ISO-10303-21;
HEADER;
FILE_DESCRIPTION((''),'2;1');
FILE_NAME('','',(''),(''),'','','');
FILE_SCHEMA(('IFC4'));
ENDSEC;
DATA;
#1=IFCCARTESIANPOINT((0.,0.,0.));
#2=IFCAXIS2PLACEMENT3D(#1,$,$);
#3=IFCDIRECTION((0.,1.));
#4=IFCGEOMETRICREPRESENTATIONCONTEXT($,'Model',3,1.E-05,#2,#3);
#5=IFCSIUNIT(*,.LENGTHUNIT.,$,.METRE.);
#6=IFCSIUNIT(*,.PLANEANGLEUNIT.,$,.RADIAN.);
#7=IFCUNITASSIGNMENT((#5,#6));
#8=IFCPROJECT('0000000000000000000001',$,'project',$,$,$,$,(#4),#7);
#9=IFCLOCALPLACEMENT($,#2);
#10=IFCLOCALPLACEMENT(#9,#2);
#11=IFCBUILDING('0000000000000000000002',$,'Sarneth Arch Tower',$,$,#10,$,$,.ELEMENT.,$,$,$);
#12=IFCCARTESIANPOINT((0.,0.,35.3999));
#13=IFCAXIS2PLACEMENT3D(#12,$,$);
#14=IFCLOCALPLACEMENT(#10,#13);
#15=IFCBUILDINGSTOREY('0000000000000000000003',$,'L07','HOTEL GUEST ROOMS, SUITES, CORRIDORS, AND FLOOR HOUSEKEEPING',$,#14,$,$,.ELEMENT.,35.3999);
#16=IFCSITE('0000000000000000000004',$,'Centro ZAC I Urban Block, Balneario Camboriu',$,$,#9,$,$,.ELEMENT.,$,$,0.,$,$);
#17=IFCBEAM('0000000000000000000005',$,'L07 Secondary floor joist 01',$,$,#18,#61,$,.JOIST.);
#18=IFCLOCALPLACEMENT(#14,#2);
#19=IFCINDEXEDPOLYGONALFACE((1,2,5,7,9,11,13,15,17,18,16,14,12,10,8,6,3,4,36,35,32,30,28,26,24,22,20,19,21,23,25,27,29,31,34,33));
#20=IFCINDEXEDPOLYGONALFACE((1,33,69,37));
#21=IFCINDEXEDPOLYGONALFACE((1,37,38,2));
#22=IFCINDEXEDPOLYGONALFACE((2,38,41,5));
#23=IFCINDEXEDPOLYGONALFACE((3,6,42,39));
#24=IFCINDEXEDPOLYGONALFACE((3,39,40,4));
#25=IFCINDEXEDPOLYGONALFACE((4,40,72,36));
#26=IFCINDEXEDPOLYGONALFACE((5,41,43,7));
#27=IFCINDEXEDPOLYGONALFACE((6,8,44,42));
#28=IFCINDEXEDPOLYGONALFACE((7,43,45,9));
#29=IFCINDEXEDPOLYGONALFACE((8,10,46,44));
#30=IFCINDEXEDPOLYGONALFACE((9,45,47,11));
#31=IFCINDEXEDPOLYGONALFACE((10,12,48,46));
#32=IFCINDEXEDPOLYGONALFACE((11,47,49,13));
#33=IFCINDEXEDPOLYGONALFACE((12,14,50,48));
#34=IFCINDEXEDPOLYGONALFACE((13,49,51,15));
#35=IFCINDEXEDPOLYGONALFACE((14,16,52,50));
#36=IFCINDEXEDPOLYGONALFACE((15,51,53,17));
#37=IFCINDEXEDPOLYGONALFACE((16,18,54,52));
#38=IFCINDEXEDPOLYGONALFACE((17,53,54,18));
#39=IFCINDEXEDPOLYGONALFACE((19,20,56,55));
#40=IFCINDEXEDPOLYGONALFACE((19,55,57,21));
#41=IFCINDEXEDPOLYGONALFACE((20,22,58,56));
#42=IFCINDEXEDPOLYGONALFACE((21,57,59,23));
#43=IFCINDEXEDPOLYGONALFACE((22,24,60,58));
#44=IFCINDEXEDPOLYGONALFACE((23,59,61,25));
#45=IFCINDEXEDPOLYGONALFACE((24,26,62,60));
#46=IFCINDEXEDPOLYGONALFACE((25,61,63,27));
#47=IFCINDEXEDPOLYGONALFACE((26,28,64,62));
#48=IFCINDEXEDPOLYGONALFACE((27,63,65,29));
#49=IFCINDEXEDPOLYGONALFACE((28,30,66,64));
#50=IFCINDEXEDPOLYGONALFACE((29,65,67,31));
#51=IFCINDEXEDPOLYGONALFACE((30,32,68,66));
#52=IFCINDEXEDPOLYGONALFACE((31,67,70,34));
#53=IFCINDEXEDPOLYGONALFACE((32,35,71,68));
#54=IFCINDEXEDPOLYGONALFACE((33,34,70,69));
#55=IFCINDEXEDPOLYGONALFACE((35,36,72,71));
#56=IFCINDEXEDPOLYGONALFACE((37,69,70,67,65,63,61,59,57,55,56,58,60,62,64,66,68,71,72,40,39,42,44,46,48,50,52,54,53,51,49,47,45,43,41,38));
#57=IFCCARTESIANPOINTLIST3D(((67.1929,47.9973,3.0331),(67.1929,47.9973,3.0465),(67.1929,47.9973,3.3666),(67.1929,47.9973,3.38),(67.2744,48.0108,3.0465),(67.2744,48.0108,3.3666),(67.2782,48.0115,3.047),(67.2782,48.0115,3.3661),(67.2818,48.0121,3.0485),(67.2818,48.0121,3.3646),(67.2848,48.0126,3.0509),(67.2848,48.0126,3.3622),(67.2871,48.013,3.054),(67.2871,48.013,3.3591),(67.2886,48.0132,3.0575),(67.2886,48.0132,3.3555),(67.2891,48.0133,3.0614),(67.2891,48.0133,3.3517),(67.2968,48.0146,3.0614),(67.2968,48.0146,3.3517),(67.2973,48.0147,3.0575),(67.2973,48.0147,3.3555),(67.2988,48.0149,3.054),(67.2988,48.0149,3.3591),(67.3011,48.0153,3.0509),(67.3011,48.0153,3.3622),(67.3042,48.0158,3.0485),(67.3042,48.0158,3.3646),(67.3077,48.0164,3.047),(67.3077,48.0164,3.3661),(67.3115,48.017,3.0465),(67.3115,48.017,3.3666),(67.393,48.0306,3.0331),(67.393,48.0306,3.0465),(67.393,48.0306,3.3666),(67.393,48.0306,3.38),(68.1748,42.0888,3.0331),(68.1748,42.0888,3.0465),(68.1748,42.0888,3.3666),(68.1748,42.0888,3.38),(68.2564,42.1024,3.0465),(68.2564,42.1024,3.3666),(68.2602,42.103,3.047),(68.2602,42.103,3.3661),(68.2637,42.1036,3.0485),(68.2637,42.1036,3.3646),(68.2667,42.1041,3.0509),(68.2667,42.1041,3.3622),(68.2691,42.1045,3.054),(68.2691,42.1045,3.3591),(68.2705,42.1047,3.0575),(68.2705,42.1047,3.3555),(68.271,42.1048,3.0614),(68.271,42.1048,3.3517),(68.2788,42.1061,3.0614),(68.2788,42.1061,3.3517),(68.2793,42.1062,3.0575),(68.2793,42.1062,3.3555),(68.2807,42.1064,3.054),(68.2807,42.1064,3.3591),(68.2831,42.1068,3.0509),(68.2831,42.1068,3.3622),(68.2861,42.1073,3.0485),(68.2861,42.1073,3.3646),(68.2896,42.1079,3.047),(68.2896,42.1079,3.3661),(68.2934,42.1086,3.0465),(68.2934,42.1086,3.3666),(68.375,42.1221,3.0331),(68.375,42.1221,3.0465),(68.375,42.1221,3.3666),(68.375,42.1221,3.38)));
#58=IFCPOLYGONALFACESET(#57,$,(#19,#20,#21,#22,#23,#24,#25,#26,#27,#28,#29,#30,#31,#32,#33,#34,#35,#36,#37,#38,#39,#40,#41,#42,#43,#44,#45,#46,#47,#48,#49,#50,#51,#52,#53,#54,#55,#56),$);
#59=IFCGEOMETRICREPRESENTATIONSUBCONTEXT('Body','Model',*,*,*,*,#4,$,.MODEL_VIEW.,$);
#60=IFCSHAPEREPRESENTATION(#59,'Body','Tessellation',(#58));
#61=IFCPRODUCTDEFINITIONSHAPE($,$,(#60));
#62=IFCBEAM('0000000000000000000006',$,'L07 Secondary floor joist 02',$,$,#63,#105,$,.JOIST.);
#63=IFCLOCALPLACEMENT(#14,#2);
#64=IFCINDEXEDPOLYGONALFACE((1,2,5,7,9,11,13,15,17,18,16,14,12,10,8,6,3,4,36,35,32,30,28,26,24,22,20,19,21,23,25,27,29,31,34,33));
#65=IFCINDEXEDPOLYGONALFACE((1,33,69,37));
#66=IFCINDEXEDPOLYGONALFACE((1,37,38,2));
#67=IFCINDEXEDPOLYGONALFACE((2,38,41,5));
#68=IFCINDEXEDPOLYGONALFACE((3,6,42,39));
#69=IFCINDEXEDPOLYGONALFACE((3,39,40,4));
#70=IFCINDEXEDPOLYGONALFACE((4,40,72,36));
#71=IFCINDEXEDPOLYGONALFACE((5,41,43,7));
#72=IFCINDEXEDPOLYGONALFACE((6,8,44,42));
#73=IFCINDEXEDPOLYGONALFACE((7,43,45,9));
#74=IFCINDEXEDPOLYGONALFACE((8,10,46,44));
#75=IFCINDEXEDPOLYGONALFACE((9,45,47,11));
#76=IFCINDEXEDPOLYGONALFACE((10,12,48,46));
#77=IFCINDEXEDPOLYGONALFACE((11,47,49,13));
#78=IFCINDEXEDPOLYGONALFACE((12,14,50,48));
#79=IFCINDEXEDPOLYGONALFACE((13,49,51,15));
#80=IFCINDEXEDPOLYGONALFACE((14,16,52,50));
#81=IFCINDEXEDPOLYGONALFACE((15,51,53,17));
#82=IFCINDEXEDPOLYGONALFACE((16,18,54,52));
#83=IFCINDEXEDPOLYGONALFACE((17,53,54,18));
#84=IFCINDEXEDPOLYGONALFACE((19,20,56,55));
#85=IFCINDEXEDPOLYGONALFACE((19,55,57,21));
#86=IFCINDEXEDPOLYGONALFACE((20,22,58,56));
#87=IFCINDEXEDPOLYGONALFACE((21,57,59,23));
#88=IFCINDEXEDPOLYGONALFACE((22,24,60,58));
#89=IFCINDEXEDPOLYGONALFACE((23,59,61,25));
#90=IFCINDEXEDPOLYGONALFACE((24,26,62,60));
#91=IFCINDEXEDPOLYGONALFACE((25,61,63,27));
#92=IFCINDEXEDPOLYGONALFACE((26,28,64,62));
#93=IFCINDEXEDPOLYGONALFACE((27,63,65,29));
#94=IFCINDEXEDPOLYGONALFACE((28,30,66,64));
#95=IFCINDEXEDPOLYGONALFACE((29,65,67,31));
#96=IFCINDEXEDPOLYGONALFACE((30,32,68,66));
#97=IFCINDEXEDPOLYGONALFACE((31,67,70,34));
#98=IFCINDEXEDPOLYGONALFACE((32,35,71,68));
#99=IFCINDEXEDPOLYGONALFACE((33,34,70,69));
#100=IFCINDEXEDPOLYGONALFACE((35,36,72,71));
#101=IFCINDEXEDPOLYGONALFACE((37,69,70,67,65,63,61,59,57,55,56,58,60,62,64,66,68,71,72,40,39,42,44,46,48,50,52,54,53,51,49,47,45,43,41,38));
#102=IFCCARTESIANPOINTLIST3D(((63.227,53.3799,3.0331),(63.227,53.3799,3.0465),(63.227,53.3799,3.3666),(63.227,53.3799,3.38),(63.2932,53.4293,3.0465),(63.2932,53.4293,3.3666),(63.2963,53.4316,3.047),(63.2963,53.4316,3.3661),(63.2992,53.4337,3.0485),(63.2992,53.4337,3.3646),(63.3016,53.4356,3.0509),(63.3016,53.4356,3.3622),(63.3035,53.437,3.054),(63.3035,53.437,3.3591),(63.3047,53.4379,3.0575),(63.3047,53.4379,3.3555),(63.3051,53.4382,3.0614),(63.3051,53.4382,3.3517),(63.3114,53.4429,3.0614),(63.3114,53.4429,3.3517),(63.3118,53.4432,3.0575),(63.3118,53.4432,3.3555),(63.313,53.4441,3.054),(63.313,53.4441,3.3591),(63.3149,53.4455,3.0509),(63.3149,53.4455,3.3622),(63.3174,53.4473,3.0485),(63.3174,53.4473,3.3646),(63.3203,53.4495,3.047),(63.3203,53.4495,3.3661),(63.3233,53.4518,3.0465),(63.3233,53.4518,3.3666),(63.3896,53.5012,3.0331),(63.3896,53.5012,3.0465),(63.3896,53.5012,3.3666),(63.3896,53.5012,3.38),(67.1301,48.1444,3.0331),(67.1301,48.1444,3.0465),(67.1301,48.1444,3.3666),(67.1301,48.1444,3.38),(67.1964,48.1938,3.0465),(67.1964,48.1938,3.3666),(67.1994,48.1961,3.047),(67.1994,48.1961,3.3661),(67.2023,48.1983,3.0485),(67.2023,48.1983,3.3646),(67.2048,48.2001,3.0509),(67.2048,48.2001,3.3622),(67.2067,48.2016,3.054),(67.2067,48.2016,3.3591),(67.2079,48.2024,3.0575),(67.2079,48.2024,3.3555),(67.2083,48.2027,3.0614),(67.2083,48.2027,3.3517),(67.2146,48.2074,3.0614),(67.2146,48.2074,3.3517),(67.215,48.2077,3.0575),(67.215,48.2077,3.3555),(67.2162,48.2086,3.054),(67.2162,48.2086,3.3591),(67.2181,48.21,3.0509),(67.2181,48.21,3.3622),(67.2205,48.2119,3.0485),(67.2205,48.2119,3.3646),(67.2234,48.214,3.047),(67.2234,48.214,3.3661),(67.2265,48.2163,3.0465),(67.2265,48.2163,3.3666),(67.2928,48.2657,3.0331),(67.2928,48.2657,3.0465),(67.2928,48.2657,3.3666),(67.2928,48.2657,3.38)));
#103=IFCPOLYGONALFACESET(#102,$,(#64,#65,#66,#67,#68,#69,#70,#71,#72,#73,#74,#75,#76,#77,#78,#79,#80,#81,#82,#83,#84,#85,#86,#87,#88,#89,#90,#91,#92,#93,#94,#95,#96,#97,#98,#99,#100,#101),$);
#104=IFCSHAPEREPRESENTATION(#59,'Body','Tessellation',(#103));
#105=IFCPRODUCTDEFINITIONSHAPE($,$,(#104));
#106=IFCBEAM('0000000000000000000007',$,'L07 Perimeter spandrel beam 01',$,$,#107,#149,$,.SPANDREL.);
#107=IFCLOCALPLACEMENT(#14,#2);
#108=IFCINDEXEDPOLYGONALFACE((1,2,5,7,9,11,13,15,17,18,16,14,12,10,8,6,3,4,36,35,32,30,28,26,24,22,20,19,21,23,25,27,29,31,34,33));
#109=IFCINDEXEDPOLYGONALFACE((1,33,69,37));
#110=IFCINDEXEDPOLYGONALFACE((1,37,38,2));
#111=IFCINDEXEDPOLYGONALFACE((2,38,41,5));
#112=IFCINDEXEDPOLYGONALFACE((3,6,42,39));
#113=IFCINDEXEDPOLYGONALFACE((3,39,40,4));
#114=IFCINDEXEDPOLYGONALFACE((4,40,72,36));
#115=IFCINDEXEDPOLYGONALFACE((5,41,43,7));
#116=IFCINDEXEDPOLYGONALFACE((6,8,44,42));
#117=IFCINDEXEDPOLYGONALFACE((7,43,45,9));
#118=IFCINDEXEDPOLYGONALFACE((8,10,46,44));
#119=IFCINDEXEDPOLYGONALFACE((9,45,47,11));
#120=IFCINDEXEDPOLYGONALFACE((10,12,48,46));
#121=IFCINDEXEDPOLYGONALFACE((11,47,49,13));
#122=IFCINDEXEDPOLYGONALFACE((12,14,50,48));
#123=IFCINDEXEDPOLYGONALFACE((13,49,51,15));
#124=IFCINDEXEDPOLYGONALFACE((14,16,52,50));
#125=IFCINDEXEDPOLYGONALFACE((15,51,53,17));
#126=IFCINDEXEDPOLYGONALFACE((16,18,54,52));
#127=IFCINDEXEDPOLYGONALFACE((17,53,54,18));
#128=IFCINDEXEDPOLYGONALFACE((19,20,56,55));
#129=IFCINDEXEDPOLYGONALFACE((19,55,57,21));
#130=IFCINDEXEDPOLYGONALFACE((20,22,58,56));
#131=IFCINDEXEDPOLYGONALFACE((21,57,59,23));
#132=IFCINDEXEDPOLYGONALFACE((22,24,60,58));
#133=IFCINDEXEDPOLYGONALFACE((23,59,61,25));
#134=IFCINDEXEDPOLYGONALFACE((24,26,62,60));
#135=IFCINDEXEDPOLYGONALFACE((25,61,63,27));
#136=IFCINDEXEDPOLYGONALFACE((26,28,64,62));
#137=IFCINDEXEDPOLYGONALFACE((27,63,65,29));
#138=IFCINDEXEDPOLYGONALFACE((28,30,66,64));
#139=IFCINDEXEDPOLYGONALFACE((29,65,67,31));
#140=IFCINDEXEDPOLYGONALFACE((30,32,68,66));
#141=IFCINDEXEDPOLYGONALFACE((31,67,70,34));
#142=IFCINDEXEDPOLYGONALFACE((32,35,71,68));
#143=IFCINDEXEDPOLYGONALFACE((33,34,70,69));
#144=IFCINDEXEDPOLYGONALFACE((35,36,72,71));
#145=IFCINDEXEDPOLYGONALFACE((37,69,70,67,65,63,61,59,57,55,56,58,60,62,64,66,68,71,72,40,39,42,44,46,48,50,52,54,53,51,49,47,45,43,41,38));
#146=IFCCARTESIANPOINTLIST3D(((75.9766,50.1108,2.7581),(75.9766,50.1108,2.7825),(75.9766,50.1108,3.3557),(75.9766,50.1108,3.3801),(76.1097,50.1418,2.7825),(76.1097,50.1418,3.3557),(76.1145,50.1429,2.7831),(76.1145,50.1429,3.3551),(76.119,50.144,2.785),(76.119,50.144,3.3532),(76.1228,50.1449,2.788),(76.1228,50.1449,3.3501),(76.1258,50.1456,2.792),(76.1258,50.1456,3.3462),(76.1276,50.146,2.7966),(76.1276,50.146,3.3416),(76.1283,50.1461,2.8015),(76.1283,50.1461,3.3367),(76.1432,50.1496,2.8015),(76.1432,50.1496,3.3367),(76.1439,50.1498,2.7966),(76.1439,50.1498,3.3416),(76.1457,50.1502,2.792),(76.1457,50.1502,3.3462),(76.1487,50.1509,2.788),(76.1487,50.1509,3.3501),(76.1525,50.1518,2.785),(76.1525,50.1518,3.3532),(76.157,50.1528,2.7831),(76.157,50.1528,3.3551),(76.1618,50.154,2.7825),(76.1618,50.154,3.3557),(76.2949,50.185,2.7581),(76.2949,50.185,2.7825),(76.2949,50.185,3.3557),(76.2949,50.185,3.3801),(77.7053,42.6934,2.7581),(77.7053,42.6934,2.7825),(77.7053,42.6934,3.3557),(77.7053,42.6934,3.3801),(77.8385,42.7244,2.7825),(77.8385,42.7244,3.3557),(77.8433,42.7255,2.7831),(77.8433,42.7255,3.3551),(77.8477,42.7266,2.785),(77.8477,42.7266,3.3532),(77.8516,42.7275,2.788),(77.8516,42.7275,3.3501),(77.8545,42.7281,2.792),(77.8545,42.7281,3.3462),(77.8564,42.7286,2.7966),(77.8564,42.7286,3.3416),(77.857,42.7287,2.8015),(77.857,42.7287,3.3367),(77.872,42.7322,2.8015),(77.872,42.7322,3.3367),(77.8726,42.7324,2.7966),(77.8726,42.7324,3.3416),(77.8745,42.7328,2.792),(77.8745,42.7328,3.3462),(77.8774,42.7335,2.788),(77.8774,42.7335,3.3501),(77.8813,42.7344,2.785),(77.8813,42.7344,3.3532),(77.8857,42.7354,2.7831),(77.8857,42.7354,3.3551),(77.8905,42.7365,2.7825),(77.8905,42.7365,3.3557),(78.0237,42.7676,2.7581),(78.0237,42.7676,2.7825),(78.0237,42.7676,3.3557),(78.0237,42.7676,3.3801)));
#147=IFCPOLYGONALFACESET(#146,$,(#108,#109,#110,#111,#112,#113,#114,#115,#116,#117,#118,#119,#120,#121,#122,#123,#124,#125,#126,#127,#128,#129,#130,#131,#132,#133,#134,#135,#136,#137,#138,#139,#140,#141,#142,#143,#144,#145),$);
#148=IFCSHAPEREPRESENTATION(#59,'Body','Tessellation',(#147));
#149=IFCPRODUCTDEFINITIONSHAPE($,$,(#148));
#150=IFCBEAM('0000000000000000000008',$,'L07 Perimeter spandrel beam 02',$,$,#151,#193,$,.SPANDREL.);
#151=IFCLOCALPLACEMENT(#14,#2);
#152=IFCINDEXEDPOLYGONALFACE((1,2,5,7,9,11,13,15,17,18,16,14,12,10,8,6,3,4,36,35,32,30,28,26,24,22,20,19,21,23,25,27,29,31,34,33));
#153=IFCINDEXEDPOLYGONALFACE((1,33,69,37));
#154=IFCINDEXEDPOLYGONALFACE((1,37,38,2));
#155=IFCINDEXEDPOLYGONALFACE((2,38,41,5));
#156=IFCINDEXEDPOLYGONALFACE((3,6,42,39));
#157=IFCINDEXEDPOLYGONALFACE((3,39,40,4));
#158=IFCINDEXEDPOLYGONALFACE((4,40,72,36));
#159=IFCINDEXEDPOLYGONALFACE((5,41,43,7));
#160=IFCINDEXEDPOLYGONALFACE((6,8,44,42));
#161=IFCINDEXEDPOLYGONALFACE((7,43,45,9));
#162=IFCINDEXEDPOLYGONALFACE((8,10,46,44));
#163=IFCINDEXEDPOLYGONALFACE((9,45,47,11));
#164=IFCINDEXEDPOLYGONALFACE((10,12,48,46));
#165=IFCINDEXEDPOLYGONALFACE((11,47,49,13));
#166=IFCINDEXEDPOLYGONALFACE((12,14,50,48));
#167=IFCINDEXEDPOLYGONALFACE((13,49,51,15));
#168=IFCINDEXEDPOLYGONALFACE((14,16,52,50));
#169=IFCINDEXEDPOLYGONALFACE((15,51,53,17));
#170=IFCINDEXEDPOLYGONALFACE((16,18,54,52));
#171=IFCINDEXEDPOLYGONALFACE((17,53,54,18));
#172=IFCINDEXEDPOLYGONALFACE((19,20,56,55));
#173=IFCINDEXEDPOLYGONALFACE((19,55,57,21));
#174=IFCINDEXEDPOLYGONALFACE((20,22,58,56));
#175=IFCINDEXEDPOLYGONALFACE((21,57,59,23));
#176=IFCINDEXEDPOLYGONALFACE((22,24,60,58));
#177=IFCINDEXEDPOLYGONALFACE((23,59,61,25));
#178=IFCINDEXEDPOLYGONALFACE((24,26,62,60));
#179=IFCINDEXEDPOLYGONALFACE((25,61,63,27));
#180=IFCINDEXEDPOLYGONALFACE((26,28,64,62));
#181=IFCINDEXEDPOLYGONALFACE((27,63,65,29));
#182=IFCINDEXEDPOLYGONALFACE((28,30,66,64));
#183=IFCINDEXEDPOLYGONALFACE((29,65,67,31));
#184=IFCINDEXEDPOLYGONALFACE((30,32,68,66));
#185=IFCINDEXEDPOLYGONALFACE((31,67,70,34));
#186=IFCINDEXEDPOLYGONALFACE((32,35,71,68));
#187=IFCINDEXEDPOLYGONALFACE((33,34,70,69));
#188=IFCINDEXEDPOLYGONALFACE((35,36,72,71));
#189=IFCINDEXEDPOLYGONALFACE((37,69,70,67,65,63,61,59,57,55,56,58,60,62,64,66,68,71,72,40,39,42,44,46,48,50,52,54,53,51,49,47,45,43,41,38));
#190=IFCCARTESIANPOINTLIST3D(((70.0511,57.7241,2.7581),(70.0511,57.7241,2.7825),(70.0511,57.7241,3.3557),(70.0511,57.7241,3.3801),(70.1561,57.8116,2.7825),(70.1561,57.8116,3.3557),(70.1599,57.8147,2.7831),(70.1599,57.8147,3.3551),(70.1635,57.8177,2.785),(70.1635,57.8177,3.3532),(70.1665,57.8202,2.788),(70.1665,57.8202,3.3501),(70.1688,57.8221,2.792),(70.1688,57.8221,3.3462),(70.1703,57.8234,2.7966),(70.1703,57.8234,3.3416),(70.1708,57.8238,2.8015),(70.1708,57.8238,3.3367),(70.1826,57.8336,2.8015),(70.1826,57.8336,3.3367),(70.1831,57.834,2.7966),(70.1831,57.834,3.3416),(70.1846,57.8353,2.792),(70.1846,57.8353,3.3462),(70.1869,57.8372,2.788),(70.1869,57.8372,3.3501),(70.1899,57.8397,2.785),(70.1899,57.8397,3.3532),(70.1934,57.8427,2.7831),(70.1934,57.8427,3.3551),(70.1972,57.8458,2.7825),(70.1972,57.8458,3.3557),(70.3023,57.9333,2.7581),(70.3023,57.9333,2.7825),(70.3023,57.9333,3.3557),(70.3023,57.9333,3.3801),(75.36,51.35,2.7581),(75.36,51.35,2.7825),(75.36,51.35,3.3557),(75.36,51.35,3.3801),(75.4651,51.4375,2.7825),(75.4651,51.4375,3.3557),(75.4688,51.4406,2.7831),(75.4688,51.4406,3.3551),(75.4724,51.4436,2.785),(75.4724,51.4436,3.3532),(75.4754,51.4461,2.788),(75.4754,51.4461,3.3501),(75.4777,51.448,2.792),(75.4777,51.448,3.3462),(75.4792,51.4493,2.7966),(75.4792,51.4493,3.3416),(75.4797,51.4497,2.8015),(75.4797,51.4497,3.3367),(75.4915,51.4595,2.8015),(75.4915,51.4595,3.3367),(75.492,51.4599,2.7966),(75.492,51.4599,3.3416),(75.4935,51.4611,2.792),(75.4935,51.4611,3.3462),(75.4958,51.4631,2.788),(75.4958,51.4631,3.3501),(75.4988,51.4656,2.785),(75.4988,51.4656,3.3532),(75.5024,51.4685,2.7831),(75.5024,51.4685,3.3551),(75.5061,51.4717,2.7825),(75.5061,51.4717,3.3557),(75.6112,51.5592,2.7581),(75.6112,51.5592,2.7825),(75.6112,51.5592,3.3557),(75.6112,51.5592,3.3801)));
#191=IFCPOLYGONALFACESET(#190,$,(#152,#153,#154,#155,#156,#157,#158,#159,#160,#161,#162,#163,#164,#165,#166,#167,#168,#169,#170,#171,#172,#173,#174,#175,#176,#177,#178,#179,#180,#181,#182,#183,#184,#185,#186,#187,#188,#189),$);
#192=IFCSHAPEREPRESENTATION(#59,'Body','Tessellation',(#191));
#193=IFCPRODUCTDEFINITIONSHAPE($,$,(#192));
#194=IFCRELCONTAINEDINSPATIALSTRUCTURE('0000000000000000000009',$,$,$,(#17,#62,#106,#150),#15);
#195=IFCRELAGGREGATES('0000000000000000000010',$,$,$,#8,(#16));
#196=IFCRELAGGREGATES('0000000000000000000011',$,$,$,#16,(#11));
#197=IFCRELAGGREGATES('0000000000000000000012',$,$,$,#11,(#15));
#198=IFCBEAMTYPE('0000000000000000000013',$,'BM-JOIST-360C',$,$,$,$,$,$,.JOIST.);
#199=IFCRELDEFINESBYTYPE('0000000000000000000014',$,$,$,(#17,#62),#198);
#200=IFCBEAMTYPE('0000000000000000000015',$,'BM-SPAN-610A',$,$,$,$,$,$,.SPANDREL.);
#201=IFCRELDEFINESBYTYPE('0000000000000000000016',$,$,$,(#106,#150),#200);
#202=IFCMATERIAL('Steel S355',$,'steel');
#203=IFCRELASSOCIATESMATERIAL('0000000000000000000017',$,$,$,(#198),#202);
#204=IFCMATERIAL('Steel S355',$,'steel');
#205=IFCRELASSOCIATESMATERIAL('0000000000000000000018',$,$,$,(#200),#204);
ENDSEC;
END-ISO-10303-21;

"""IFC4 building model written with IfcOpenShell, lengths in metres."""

from ifc_helpers import new_model, si_unit, direction, frame, origin, origin_2d, place, context, subcontext, project, spatial, i_section, extrude, material, material_profile, profile_set, type_object, element, save


model = new_model("IFC4")

# Units and contexts
model_context = context("Model", 3, precision=1e-05, world=origin(), true_north=direction((0.0, 1.0)))
body_context = subcontext(model_context, "Body", "Model", "MODEL_VIEW")
ifc_project = project(units=[si_unit("LENGTHUNIT", "METRE"), si_unit("PLANEANGLEUNIT", "RADIAN")], contexts=[model_context])

# Site, building, storey
site_placement = place(None, origin())
site = spatial("IfcSite", under=ifc_project, at=site_placement, Name="Centro ZAC I Urban Block, Balneario Camboriu", CompositionType="ELEMENT", RefElevation=0.0)
building_placement = place(site_placement, origin())
building = spatial("IfcBuilding", under=site, at=building_placement, Name="Sarneth Arch Tower", CompositionType="ELEMENT")
storey_placement = place(building_placement, frame((0.0, 0.0, 35.3999)))
storey = spatial("IfcBuildingStorey", under=building, at=storey_placement, Name="L07", Description="HOTEL GUEST ROOMS, SUITES, CORRIDORS, AND FLOOR HOUSEKEEPING", CompositionType="ELEMENT", Elevation=35.3999)

# Beams
ifc_material_1 = material(Name="Steel S355", Category="steel")
ifc_material_profile_1 = material_profile(ifc_material_1, i_section(OverallWidth=0.2029, OverallDepth=0.3469, WebThickness=0.0078, FlangeThickness=0.0134, FilletRadius=0.0149, at=origin_2d()), Name="W360x64")
ifc_profile_set_1 = profile_set([ifc_material_profile_1], Name="Steel S355")
beam_type_1 = type_object("IfcBeamType", Name="BM-JOIST-360C", PredefinedType="JOIST", material=ifc_profile_set_1)
beam_1_placement = place(storey_placement, frame((68.2749, 42.1055, 3.2065), z_axis=(-0.163943, 0.98647, 0.0), x_axis=(-0.98647, -0.163943, 0.0)))
element("IfcBeam", 1, at=beam_1_placement, inside=storey, type_object=beam_type_1, Name="L07 Secondary floor joist 01", PredefinedType="JOIST", context=body_context, shape_type="SweptSolid", body=[
    extrude(i_section(OverallWidth=0.2029, OverallDepth=0.3469, WebThickness=0.0078, FlangeThickness=0.0134, FilletRadius=0.0149, at=origin_2d()), origin(), (0.0, 0.0, 1.0), 5.9895),
])
beam_2_placement = place(storey_placement, frame((67.2114, 48.2051, 3.2065), z_axis=(-0.5977, 0.801719, 0.0), x_axis=(-0.801719, -0.5977, 0.0)))
element("IfcBeam", 2, at=beam_2_placement, inside=storey, type_object=beam_type_1, Name="L07 Secondary floor joist 02", PredefinedType="JOIST", context=body_context, shape_type="SweptSolid", body=[
    extrude(i_section(OverallWidth=0.2029, OverallDepth=0.3469, WebThickness=0.0078, FlangeThickness=0.0134, FilletRadius=0.0149, at=origin_2d()), origin(), (0.0, 0.0, 1.0), 6.5303),
])
ifc_material_2 = material(Name="Steel S355", Category="steel")
ifc_material_profile_2 = material_profile(ifc_material_2, i_section(OverallWidth=0.3269, OverallDepth=0.6221, WebThickness=0.0154, FlangeThickness=0.0244, FilletRadius=0.019, at=origin_2d()), Name="W610x195")
ifc_profile_set_2 = profile_set([ifc_material_profile_2], Name="Steel S355")
beam_type_2 = type_object("IfcBeamType", Name="BM-SPAN-610A", PredefinedType="SPANDREL", material=ifc_profile_set_2)
beam_3_placement = place(storey_placement, frame((77.8645, 42.7305, 3.0691), z_axis=(-0.226982, 0.973899, 0.0), x_axis=(-0.973899, -0.226982, 0.0)))
element("IfcBeam", 3, at=beam_3_placement, inside=storey, type_object=beam_type_2, Name="L07 Perimeter spandrel beam 01", PredefinedType="SPANDREL", context=body_context, shape_type="SweptSolid", body=[
    extrude(i_section(OverallWidth=0.3269, OverallDepth=0.6221, WebThickness=0.0154, FlangeThickness=0.0244, FilletRadius=0.019, at=origin_2d()), origin(), (0.0, 0.0, 1.0), 7.6162),
])
beam_4_placement = place(storey_placement, frame((75.4856, 51.4546, 3.0691), z_axis=(-0.639982, 0.76839, 0.0), x_axis=(-0.76839, -0.639982, 0.0)))
element("IfcBeam", 4, at=beam_4_placement, inside=storey, type_object=beam_type_2, Name="L07 Perimeter spandrel beam 02", PredefinedType="SPANDREL", context=body_context, shape_type="SweptSolid", body=[
    extrude(i_section(OverallWidth=0.3269, OverallDepth=0.6221, WebThickness=0.0154, FlangeThickness=0.0244, FilletRadius=0.019, at=origin_2d()), origin(), (0.0, 0.0, 1.0), 8.2954),
])

save(model, "model.ifc")
